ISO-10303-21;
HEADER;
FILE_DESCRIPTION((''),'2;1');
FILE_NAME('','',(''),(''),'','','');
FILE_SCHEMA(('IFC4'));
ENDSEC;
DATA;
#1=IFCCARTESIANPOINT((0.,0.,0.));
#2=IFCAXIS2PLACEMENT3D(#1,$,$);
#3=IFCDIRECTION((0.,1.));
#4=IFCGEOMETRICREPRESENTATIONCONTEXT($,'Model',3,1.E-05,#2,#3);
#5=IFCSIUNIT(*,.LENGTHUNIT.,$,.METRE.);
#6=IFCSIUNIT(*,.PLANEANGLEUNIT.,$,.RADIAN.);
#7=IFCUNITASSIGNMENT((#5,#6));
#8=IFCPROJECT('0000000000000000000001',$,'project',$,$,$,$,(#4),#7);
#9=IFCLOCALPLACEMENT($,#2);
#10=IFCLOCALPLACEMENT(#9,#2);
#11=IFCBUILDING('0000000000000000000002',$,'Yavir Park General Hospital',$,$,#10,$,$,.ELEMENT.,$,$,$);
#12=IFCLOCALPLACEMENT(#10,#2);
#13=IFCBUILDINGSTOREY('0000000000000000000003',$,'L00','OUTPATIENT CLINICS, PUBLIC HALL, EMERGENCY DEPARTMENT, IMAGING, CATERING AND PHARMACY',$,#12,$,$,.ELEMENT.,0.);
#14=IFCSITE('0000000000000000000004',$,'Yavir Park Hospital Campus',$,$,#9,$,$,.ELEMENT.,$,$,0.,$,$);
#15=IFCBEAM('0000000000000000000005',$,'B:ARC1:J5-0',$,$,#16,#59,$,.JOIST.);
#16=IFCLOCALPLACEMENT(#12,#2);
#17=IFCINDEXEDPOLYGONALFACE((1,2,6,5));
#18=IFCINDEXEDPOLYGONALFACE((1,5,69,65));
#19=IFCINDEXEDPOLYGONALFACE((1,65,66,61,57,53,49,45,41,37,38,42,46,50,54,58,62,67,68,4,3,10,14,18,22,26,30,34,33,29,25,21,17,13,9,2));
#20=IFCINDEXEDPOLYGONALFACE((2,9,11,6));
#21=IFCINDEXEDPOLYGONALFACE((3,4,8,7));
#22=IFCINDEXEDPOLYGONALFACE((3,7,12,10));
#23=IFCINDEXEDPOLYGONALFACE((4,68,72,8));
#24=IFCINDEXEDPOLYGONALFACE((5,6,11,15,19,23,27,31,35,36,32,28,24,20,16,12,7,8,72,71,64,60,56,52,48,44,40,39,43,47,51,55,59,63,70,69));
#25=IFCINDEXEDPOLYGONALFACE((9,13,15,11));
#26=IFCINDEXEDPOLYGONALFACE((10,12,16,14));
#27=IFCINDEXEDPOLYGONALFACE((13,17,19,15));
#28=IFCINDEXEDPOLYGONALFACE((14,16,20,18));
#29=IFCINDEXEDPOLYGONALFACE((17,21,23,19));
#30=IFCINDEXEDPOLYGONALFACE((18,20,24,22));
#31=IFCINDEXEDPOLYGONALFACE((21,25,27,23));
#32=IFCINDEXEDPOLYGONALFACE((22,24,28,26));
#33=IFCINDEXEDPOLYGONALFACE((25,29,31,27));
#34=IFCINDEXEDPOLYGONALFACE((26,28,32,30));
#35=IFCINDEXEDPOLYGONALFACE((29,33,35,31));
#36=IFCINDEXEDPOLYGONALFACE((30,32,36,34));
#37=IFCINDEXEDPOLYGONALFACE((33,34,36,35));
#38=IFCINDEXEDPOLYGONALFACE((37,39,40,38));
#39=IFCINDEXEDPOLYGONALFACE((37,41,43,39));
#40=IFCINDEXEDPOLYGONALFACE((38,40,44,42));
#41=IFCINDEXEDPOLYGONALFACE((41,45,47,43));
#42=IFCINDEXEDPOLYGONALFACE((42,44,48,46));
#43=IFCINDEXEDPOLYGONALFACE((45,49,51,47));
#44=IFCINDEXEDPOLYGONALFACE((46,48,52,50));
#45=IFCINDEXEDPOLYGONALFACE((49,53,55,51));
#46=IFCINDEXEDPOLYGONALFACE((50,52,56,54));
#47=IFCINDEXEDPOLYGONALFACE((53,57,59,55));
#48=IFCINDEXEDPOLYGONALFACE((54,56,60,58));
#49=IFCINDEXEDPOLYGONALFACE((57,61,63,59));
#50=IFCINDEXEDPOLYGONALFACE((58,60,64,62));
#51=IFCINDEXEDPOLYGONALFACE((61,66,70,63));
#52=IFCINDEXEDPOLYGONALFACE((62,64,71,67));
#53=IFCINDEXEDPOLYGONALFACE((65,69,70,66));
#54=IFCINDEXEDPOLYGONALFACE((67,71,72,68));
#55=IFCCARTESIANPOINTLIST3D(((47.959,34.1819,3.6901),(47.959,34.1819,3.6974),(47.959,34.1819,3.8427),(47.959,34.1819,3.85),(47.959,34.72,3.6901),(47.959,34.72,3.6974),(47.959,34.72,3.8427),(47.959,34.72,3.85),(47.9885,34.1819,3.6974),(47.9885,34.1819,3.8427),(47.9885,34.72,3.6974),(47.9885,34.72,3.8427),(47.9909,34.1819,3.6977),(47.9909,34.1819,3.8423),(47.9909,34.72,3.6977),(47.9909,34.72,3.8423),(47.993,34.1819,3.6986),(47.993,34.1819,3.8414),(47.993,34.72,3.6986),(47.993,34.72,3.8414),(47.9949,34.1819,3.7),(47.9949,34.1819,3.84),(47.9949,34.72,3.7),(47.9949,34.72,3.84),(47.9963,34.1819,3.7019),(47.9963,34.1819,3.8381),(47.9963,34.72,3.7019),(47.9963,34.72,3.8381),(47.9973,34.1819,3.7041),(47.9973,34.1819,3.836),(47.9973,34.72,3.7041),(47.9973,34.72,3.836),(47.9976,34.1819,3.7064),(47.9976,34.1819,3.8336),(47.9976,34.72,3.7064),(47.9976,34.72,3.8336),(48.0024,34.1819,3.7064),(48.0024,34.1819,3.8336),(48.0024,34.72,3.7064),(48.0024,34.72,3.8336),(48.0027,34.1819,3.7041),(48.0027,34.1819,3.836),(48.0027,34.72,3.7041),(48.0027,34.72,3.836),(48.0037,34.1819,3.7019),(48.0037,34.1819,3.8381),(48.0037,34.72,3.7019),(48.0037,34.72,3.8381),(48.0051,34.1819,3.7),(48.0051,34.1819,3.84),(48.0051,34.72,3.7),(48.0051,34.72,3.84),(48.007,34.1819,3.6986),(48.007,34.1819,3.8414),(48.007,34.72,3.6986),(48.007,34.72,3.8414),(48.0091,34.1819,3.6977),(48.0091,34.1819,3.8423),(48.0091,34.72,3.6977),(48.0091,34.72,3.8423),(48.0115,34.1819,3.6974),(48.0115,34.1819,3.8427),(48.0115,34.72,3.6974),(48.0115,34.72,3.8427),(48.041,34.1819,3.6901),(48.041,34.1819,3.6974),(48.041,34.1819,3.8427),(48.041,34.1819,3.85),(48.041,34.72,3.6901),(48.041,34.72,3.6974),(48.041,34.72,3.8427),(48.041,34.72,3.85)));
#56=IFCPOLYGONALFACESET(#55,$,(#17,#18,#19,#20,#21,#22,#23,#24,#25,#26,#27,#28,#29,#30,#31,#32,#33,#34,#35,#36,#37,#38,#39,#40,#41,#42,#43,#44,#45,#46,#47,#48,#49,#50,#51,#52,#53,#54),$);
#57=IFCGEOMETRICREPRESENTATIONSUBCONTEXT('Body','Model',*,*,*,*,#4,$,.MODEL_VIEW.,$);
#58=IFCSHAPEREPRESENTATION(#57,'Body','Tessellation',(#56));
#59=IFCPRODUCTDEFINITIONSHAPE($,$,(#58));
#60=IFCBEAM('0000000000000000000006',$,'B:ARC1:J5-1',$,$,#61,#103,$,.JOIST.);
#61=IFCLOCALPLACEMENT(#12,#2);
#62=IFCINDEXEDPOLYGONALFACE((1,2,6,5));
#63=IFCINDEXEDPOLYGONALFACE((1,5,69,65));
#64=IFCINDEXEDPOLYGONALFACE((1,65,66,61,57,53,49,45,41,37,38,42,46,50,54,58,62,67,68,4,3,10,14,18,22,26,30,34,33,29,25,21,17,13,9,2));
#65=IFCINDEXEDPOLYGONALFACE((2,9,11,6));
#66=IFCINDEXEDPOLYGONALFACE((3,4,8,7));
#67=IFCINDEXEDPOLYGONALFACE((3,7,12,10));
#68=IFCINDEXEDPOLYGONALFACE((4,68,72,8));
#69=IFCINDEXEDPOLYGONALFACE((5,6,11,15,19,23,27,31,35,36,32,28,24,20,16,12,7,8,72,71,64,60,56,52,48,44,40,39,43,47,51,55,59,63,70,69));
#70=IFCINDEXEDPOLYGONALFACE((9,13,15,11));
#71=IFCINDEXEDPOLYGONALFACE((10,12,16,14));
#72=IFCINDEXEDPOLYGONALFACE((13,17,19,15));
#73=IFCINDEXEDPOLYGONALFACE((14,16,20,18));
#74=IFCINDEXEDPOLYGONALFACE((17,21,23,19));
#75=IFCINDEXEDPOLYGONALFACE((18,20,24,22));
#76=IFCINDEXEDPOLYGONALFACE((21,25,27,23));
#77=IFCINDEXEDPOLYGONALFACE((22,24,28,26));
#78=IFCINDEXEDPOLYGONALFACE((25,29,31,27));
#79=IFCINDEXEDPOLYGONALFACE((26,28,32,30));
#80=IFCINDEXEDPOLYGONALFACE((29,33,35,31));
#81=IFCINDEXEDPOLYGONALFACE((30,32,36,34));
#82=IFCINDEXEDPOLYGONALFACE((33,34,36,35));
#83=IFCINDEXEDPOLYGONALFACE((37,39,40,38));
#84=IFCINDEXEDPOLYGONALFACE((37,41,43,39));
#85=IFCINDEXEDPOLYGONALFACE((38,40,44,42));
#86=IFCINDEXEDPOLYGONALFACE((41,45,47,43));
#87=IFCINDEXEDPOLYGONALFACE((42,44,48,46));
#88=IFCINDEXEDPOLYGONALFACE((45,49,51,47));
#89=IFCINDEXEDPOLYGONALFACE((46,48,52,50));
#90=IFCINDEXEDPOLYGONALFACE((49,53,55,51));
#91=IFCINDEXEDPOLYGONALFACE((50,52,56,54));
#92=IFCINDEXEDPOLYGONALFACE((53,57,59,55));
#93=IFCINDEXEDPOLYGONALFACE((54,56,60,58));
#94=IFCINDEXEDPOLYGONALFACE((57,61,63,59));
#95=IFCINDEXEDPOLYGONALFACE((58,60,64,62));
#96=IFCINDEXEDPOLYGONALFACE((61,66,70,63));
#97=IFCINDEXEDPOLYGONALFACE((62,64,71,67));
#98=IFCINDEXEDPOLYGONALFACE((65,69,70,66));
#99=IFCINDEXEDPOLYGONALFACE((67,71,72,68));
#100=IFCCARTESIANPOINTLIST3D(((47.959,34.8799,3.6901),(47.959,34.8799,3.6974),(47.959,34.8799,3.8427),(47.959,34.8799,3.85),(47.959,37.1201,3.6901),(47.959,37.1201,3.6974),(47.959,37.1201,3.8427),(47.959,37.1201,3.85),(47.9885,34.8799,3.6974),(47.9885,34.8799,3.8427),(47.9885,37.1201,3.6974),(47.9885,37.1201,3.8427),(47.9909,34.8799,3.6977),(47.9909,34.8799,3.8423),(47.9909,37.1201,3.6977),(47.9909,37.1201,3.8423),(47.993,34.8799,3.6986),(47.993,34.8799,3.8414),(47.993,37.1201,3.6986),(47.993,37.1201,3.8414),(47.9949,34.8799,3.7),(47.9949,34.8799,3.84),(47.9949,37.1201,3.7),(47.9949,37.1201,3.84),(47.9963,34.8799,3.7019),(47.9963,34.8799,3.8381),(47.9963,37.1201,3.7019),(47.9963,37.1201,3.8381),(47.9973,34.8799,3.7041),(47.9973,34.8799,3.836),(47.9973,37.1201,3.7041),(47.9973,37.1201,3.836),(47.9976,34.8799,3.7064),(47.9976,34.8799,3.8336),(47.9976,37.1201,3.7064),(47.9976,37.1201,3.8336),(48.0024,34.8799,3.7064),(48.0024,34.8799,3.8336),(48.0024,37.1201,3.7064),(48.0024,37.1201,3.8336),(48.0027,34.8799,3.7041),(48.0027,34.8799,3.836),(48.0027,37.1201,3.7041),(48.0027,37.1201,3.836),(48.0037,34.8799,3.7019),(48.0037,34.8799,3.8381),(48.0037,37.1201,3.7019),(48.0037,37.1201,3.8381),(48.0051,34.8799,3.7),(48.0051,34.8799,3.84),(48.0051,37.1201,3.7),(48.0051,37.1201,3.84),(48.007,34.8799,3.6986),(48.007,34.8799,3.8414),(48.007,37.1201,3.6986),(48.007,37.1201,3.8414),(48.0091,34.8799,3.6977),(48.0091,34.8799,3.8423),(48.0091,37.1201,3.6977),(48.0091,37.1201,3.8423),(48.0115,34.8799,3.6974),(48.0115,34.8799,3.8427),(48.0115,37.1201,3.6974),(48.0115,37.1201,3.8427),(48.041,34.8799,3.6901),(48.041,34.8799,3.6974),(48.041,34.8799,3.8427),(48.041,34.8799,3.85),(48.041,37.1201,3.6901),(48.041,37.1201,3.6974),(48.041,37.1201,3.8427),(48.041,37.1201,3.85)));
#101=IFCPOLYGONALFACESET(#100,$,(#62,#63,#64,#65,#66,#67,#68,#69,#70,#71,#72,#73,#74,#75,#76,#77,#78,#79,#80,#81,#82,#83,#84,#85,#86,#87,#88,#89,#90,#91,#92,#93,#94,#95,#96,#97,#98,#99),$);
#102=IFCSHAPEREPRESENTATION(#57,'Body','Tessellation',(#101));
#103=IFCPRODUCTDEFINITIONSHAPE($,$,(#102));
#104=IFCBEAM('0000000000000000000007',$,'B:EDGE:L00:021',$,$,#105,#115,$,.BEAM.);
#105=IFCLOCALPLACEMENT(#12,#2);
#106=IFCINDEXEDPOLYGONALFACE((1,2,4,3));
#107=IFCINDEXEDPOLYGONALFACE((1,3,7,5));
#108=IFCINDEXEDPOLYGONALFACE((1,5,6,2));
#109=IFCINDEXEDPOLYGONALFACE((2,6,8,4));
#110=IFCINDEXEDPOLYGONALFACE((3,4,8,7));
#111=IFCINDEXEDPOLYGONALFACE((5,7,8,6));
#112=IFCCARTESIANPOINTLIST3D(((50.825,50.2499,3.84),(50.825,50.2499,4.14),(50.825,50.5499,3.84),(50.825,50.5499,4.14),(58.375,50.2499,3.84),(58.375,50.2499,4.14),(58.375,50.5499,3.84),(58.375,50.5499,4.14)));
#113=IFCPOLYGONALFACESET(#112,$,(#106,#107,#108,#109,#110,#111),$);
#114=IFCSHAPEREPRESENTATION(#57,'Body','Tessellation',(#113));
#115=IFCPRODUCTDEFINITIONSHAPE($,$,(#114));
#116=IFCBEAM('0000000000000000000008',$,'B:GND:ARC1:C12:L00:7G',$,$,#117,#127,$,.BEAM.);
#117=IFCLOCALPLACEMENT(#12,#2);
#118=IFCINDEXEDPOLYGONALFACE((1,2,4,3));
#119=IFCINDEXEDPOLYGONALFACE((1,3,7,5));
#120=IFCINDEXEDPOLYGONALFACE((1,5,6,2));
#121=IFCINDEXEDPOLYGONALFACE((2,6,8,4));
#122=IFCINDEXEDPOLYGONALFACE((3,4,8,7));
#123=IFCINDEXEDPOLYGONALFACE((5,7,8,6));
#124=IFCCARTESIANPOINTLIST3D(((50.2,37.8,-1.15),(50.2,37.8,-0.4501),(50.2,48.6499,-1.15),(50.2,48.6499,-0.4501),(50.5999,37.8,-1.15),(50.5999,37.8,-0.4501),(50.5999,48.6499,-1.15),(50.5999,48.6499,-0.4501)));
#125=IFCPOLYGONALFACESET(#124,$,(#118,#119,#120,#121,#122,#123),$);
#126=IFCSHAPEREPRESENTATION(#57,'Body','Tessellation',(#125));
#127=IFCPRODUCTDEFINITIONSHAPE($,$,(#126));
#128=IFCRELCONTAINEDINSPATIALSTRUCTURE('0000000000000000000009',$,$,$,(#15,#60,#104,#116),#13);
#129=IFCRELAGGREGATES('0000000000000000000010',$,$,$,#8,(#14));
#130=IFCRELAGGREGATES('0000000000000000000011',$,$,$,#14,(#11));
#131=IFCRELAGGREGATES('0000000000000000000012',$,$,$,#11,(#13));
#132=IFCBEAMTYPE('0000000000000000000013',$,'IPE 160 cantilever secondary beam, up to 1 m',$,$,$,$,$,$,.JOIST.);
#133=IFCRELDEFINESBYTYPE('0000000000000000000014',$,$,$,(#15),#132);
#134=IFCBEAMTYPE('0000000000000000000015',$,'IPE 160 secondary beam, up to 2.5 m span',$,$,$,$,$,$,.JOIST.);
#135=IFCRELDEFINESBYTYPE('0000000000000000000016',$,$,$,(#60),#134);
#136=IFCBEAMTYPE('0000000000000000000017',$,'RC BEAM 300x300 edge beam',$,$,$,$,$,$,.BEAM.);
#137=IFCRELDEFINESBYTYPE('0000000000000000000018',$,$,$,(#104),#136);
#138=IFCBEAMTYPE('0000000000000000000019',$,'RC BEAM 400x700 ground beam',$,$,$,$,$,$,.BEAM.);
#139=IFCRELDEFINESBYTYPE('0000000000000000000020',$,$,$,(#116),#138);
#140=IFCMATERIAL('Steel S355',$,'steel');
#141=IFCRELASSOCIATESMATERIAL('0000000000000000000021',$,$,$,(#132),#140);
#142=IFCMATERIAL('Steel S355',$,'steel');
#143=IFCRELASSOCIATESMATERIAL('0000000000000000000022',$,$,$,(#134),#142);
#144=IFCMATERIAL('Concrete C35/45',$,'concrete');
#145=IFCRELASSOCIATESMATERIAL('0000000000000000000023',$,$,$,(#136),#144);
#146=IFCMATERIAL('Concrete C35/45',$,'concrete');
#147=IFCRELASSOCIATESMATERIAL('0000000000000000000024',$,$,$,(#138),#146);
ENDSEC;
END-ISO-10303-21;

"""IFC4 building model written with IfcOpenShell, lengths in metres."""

from ifc_helpers import new_model, si_unit, direction, frame, origin, origin_2d, place, context, subcontext, project, spatial, rectangle, i_section, extrude, material, material_profile, profile_set, type_object, element, save


model = new_model("IFC4")

# Units and contexts
model_context = context("Model", 3, precision=1e-05, world=origin(), true_north=direction((0.0, 1.0)))
body_context = subcontext(model_context, "Body", "Model", "MODEL_VIEW")
ifc_project = project(units=[si_unit("LENGTHUNIT", "METRE"), si_unit("PLANEANGLEUNIT", "RADIAN")], contexts=[model_context])

# Site, building, storey
site_placement = place(None, origin())
site = spatial("IfcSite", under=ifc_project, at=site_placement, Name="Yavir Park Hospital Campus", CompositionType="ELEMENT", RefElevation=0.0)
building_placement = place(site_placement, origin())
building = spatial("IfcBuilding", under=site, at=building_placement, Name="Yavir Park General Hospital", CompositionType="ELEMENT")
storey_placement = place(building_placement, origin())
storey = spatial("IfcBuildingStorey", under=building, at=storey_placement, Name="L00", Description="OUTPATIENT CLINICS, PUBLIC HALL, EMERGENCY DEPARTMENT, IMAGING, CATERING AND PHARMACY", CompositionType="ELEMENT", Elevation=0.0)

# Beams
ifc_material_1 = material(Name="Steel S355", Category="steel")
ifc_material_profile_1 = material_profile(ifc_material_1, i_section(OverallWidth=0.082, OverallDepth=0.1599, WebThickness=0.0049, FlangeThickness=0.0073, FilletRadius=0.009, at=origin_2d()), Name="IPE160")
ifc_profile_set_1 = profile_set([ifc_material_profile_1], Name="Steel S355")
beam_type_1 = type_object("IfcBeamType", Name="IPE 160 cantilever secondary beam, up to 1 m", PredefinedType="JOIST", material=ifc_profile_set_1)
beam_1_placement = place(storey_placement, frame((48.0, 34.1819, 3.77), z_axis=(0.0, 1.0, 0.0), x_axis=(-1.0, 0.0, 0.0)))
element("IfcBeam", 1, at=beam_1_placement, inside=storey, type_object=beam_type_1, Name="B:ARC1:J5-0", PredefinedType="JOIST", context=body_context, shape_type="SweptSolid", body=[
    extrude(i_section(OverallWidth=0.082, OverallDepth=0.1599, WebThickness=0.0049, FlangeThickness=0.0073, FilletRadius=0.009, at=origin_2d()), origin(), (0.0, 0.0, 1.0), 0.5381),
])
ifc_material_2 = material(Name="Steel S355", Category="steel")
ifc_material_profile_2 = material_profile(ifc_material_2, i_section(OverallWidth=0.082, OverallDepth=0.1599, WebThickness=0.0049, FlangeThickness=0.0073, FilletRadius=0.009, at=origin_2d()), Name="IPE160")
ifc_profile_set_2 = profile_set([ifc_material_profile_2], Name="Steel S355")
beam_type_2 = type_object("IfcBeamType", Name="IPE 160 secondary beam, up to 2.5 m span", PredefinedType="JOIST", material=ifc_profile_set_2)
beam_2_placement = place(storey_placement, frame((48.0, 34.8799, 3.77), z_axis=(0.0, 1.0, 0.0), x_axis=(-1.0, 0.0, 0.0)))
element("IfcBeam", 2, at=beam_2_placement, inside=storey, type_object=beam_type_2, Name="B:ARC1:J5-1", PredefinedType="JOIST", context=body_context, shape_type="SweptSolid", body=[
    extrude(i_section(OverallWidth=0.082, OverallDepth=0.1599, WebThickness=0.0049, FlangeThickness=0.0073, FilletRadius=0.009, at=origin_2d()), origin(), (0.0, 0.0, 1.0), 2.2402),
])
ifc_material_3 = material(Name="Concrete C35/45", Category="concrete")
ifc_material_profile_3 = material_profile(ifc_material_3, rectangle(XDim=0.3, YDim=0.3, at=origin_2d()), Name="RC300x300")
ifc_profile_set_3 = profile_set([ifc_material_profile_3], Name="Concrete C35/45")
beam_type_3 = type_object("IfcBeamType", Name="RC BEAM 300x300 edge beam", PredefinedType="BEAM", material=ifc_profile_set_3)
beam_3_placement = place(storey_placement, frame((50.825, 50.3999, 3.99), z_axis=(1.0, 0.0, 0.0), x_axis=(0.0, 1.0, 0.0)))
element("IfcBeam", 3, at=beam_3_placement, inside=storey, type_object=beam_type_3, Name="B:EDGE:L00:021", PredefinedType="BEAM", context=body_context, shape_type="SweptSolid", body=[
    extrude(rectangle(XDim=0.3, YDim=0.3, at=origin_2d()), origin(), (0.0, 0.0, 1.0), 7.55),
])
ifc_material_4 = material(Name="Concrete C35/45", Category="concrete")
ifc_material_profile_4 = material_profile(ifc_material_4, rectangle(XDim=0.3999, YDim=0.7, at=origin_2d()), Name="RC400x700")
ifc_profile_set_4 = profile_set([ifc_material_profile_4], Name="Concrete C35/45")
beam_type_4 = type_object("IfcBeamType", Name="RC BEAM 400x700 ground beam", PredefinedType="BEAM", material=ifc_profile_set_4)
beam_4_placement = place(storey_placement, frame((50.3999, 37.8, -0.8), z_axis=(0.0, 1.0, 0.0), x_axis=(-1.0, 0.0, 0.0)))
element("IfcBeam", 4, at=beam_4_placement, inside=storey, type_object=beam_type_4, Name="B:GND:ARC1:C12:L00:7G", PredefinedType="BEAM", context=body_context, shape_type="SweptSolid", body=[
    extrude(rectangle(XDim=0.3999, YDim=0.7, at=origin_2d()), origin(), (0.0, 0.0, 1.0), 10.8499),
])

save(model, "model.ifc")
